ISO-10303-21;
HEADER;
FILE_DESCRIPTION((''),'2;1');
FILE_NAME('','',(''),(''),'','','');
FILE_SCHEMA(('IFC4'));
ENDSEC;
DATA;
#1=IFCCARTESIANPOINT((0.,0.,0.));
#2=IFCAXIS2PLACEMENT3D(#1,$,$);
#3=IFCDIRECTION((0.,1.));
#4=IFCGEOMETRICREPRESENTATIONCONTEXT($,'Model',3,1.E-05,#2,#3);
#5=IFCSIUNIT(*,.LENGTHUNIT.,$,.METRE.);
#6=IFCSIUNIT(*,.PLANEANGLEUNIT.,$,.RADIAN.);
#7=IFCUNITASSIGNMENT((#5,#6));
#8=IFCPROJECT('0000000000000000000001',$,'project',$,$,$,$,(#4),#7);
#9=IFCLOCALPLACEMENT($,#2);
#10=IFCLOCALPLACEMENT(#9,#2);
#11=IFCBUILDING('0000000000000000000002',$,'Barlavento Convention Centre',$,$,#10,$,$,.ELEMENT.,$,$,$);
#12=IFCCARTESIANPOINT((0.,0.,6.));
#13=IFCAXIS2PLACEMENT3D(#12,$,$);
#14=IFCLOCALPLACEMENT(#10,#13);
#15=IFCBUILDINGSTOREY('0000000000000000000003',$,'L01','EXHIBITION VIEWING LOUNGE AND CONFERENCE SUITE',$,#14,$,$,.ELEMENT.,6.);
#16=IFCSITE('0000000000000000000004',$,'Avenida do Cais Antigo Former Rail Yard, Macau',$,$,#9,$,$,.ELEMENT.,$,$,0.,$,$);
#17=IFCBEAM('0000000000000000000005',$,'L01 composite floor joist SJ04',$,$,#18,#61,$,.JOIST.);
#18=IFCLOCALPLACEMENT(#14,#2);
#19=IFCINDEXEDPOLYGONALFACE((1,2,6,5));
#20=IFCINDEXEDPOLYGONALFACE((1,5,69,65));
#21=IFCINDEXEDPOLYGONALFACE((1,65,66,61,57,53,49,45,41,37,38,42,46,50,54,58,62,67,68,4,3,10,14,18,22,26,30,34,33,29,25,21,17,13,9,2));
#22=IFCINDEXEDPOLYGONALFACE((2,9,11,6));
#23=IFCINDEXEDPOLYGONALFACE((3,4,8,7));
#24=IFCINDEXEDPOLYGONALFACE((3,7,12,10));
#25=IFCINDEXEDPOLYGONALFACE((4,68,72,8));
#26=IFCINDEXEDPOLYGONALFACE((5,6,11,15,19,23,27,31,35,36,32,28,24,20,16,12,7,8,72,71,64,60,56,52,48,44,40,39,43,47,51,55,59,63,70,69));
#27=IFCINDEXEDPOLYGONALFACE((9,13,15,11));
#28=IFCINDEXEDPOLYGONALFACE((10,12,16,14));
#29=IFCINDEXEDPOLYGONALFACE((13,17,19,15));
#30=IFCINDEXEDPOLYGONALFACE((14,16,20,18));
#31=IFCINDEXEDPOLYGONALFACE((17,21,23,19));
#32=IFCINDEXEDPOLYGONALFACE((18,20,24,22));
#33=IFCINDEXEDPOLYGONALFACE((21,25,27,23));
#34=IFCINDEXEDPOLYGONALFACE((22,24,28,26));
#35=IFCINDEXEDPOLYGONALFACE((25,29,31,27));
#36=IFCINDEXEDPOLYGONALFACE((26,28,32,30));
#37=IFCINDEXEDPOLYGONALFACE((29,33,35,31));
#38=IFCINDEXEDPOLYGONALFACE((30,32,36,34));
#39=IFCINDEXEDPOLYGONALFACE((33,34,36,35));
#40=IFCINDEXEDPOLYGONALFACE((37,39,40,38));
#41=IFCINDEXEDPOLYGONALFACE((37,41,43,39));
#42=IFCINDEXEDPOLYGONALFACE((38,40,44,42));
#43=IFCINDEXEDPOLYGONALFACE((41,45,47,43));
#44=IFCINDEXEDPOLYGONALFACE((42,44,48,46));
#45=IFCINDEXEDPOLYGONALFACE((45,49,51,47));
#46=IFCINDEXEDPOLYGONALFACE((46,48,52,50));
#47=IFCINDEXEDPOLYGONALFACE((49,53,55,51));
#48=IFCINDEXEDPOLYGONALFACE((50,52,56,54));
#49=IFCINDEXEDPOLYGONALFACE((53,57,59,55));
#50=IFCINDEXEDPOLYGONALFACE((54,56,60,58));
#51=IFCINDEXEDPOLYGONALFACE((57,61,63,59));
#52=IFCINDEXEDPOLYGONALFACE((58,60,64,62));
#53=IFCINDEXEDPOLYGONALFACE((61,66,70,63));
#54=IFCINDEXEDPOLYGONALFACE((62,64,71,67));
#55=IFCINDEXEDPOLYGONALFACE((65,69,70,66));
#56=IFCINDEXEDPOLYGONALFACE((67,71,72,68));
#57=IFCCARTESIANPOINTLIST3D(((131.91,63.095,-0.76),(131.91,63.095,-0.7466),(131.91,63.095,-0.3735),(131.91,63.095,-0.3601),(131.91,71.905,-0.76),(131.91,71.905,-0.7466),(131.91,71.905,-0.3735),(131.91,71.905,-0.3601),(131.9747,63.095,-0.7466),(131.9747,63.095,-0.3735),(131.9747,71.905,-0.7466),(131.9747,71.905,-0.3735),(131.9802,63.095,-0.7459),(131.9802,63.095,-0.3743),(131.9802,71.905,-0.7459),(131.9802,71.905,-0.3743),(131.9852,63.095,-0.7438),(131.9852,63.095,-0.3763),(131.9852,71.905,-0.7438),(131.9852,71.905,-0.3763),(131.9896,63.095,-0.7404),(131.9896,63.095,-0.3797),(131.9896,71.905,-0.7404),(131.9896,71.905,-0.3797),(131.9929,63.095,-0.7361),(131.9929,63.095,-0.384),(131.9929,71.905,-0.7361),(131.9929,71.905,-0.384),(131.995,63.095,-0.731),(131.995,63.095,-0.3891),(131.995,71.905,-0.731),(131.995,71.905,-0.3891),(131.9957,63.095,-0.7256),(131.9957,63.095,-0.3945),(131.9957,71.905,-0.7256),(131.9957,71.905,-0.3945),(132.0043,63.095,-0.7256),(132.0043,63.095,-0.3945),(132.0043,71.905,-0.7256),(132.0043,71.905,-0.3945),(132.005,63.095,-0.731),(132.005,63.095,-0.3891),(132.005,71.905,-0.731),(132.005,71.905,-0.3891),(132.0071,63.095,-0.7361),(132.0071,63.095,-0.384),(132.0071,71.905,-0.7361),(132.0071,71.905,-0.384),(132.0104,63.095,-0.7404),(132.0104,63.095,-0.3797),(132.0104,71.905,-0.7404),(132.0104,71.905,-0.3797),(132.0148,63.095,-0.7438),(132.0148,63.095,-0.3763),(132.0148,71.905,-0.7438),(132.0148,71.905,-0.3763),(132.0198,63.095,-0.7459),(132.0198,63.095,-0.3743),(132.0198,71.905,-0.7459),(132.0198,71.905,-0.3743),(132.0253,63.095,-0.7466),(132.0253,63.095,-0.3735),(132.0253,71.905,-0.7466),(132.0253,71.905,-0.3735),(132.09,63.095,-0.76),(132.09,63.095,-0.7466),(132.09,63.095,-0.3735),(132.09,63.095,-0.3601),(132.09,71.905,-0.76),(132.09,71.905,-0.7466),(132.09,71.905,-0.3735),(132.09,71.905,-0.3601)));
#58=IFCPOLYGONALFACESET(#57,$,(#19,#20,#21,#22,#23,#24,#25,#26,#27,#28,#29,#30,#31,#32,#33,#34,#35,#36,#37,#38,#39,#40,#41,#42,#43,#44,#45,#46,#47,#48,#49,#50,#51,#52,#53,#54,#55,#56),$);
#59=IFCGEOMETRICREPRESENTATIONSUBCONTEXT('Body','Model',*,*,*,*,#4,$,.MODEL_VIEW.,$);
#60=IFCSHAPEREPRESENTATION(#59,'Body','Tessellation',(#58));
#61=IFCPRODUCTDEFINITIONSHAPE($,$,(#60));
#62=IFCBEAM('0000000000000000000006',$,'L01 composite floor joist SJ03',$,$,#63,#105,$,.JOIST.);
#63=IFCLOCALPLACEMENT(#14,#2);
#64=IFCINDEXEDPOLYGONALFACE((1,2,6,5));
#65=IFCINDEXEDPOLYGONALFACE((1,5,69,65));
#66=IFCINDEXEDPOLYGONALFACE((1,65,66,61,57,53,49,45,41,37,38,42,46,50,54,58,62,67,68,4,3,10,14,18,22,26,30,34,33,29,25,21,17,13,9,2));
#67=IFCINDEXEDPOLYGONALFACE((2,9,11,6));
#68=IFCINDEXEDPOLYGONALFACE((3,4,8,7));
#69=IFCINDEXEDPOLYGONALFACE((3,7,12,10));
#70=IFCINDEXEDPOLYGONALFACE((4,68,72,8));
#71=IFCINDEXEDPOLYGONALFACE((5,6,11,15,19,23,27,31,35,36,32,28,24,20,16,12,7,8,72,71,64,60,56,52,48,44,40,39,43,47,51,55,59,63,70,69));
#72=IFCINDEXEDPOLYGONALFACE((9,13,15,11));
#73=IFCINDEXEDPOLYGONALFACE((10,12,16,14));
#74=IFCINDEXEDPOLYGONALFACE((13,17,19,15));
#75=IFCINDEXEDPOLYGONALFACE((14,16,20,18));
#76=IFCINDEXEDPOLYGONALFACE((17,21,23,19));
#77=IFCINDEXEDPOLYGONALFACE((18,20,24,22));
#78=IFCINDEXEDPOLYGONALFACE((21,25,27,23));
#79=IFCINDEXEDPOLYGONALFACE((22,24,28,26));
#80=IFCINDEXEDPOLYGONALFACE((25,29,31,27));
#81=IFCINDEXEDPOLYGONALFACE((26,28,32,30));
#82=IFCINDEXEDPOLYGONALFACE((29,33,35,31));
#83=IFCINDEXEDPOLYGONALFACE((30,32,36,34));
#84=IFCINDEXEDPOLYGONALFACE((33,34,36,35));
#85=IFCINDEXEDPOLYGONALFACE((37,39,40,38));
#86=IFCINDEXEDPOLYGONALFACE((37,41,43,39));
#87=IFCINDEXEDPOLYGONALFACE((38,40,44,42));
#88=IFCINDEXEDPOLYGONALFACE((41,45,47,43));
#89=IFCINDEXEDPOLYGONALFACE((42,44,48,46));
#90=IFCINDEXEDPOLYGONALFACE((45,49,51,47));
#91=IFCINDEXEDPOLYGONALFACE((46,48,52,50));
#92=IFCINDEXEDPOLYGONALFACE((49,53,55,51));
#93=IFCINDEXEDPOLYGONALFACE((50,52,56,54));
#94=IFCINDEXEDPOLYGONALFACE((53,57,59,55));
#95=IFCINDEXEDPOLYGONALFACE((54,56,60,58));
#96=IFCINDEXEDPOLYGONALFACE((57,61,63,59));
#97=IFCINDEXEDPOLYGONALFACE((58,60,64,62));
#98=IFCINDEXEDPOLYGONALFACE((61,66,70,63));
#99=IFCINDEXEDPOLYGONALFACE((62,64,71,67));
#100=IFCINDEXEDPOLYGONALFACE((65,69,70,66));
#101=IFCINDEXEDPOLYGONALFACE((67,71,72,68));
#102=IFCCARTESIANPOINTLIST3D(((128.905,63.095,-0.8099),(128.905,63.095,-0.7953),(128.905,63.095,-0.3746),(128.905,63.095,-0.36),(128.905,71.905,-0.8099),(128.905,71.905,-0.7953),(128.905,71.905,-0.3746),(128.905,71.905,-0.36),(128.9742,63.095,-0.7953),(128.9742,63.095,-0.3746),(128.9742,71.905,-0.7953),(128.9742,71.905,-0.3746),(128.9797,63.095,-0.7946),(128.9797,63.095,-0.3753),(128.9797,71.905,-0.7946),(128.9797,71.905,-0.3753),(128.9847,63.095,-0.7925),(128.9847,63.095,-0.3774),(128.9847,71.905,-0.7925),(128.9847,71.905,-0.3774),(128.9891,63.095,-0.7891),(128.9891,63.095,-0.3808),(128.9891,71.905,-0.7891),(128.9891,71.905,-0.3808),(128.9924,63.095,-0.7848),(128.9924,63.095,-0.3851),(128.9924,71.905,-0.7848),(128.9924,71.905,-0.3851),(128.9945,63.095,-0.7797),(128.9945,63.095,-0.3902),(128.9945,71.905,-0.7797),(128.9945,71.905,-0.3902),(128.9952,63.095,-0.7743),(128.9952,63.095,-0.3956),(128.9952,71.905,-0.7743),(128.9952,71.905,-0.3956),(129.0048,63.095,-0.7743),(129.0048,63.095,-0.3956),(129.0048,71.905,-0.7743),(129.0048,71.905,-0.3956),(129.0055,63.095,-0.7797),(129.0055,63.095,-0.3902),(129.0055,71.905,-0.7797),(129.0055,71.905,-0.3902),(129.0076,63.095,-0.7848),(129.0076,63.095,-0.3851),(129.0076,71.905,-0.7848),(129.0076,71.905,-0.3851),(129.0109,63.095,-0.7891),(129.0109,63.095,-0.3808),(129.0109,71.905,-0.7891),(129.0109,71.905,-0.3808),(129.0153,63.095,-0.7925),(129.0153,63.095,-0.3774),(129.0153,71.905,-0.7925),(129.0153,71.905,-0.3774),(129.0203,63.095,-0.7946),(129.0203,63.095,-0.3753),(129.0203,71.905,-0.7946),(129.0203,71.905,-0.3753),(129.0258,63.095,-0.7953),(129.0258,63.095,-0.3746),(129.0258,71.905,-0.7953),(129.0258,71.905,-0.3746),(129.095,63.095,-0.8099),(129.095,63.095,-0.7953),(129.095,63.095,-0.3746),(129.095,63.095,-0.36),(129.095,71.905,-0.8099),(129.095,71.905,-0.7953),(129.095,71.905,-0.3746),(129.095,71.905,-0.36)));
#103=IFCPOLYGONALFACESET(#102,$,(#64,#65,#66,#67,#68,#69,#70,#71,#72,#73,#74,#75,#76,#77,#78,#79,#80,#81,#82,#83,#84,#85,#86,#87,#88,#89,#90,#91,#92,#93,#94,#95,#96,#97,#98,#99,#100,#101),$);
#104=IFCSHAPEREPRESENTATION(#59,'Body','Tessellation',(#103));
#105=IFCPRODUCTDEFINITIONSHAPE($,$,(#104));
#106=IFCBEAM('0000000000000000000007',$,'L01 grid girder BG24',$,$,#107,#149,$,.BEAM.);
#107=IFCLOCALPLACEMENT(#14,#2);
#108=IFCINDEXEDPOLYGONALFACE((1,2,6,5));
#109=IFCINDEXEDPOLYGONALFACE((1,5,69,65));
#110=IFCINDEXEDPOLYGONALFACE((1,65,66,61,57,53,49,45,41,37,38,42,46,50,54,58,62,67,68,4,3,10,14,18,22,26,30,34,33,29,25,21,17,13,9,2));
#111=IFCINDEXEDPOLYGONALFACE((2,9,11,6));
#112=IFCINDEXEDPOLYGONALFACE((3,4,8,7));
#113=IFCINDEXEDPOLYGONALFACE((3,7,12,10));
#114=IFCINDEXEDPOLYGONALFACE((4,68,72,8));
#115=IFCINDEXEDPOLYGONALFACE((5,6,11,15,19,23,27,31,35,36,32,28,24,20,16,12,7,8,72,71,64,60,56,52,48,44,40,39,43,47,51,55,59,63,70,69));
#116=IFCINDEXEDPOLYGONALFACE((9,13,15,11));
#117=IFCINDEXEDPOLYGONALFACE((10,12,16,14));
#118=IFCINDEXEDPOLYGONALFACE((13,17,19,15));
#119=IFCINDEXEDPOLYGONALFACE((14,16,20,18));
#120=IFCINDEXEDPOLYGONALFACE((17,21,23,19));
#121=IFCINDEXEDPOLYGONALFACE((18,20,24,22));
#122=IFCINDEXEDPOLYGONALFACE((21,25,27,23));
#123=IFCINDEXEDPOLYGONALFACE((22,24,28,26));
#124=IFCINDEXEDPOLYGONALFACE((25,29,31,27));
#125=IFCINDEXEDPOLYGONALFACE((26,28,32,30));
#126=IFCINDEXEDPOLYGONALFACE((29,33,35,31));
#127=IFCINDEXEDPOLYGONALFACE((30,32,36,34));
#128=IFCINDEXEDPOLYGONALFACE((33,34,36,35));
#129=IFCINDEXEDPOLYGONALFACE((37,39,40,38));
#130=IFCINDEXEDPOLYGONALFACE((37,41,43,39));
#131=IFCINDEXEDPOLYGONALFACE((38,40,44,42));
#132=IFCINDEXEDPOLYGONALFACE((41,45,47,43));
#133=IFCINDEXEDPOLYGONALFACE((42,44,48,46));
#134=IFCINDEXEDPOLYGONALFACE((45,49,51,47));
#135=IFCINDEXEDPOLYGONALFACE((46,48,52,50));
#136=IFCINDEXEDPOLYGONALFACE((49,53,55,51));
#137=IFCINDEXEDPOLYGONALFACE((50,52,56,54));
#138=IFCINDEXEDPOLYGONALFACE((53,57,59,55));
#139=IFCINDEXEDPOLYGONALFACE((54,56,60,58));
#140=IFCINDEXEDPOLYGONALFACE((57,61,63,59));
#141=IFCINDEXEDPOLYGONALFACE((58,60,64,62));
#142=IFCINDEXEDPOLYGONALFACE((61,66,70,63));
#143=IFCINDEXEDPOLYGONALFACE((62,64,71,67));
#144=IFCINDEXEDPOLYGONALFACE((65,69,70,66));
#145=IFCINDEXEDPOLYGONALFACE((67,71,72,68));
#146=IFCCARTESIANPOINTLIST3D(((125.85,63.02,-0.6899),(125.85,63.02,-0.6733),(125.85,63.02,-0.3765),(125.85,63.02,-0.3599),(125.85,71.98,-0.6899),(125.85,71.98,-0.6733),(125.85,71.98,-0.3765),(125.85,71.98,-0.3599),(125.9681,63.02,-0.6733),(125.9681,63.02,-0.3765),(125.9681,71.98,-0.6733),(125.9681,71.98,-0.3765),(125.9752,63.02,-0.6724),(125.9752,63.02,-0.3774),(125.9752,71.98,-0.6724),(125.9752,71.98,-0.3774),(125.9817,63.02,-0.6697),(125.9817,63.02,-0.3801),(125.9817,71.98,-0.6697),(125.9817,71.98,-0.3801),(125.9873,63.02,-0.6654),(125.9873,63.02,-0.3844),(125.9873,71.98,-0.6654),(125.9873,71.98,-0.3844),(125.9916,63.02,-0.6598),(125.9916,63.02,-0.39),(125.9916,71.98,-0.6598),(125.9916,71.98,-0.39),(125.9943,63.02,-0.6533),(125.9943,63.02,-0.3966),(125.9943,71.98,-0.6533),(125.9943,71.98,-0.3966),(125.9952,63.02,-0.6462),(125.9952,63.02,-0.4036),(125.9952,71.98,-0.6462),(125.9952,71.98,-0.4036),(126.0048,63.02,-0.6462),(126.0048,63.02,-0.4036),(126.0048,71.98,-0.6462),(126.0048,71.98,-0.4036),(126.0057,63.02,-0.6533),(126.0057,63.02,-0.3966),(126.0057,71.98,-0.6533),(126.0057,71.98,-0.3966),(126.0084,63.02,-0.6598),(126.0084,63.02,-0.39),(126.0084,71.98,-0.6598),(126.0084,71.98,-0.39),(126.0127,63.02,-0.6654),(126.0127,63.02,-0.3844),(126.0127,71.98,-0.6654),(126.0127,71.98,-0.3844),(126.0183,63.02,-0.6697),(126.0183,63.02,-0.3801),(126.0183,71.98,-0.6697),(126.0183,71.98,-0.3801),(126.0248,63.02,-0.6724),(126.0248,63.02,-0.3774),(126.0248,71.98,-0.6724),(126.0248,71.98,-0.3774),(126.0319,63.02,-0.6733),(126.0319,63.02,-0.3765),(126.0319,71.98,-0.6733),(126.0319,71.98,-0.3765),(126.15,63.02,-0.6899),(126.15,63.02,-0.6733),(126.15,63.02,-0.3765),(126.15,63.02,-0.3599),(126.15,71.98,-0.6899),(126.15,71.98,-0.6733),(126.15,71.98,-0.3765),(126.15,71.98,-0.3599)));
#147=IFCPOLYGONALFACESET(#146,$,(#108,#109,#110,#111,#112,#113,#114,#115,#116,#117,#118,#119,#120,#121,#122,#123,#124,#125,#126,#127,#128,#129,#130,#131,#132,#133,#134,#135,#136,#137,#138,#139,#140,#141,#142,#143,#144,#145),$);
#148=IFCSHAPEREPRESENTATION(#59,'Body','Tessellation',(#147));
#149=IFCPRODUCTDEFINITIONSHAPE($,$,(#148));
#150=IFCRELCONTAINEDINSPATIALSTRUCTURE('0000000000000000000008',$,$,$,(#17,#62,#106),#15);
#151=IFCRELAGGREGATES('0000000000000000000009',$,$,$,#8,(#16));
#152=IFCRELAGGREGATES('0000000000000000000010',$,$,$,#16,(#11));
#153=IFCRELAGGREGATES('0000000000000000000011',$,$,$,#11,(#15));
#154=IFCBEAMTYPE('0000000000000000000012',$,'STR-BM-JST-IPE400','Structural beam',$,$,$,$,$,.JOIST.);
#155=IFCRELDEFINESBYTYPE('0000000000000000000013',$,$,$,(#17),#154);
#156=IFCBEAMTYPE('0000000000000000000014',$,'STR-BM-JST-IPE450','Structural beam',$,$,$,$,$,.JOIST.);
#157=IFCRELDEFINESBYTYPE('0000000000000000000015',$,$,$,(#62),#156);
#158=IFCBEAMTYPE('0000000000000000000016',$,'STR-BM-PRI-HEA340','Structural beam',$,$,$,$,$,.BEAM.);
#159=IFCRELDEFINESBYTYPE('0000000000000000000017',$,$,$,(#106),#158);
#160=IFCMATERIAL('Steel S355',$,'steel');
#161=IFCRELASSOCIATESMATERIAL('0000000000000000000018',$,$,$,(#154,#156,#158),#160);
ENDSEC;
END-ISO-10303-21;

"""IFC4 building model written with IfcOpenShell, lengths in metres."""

from ifc_helpers import new_model, si_unit, direction, frame, origin, origin_2d, place, context, subcontext, project, spatial, i_section, extrude, material, material_profile, profile_set, type_object, element, save


model = new_model("IFC4")

# Units and contexts
model_context = context("Model", 3, precision=1e-05, world=origin(), true_north=direction((0.0, 1.0)))
body_context = subcontext(model_context, "Body", "Model", "MODEL_VIEW")
ifc_project = project(units=[si_unit("LENGTHUNIT", "METRE"), si_unit("PLANEANGLEUNIT", "RADIAN")], contexts=[model_context])

# Site, building, storey
site_placement = place(None, origin())
site = spatial("IfcSite", under=ifc_project, at=site_placement, Name="Avenida do Cais Antigo Former Rail Yard, Macau", CompositionType="ELEMENT", RefElevation=0.0)
building_placement = place(site_placement, origin())
building = spatial("IfcBuilding", under=site, at=building_placement, Name="Barlavento Convention Centre", CompositionType="ELEMENT")
storey_placement = place(building_placement, frame((0.0, 0.0, 6.0)))
storey = spatial("IfcBuildingStorey", under=building, at=storey_placement, Name="L01", Description="EXHIBITION VIEWING LOUNGE AND CONFERENCE SUITE", CompositionType="ELEMENT", Elevation=6.0)

# Beams
ifc_material_1 = material(Name="Steel S355", Category="steel")
ifc_material_profile_1 = material_profile(ifc_material_1, i_section(OverallWidth=0.1799, OverallDepth=0.3999, WebThickness=0.0085, FlangeThickness=0.0134, FilletRadius=0.021, at=origin_2d()), Name="IPE 400")
ifc_profile_set_1 = profile_set([ifc_material_profile_1], Name="Steel S355")
beam_type_1 = type_object("IfcBeamType", Name="STR-BM-JST-IPE400", Description="Structural beam", PredefinedType="JOIST", material=ifc_profile_set_1)
beam_1_placement = place(storey_placement, frame((132.0, 63.095, -0.5601), z_axis=(0.0, 1.0, 0.0), x_axis=(-1.0, 0.0, 0.0)))
element("IfcBeam", 1, at=beam_1_placement, inside=storey, type_object=beam_type_1, Name="L01 composite floor joist SJ04", PredefinedType="JOIST", context=body_context, shape_type="SweptSolid", body=[
    extrude(i_section(OverallWidth=0.1799, OverallDepth=0.3999, WebThickness=0.0085, FlangeThickness=0.0134, FilletRadius=0.021, at=origin_2d()), origin(), (0.0, 0.0, 1.0), 8.8101),
])
ifc_material_profile_2 = material_profile(ifc_material_1, i_section(OverallWidth=0.1899, OverallDepth=0.45, WebThickness=0.0095, FlangeThickness=0.0146, FilletRadius=0.021, at=origin_2d()), Name="IPE 450")
ifc_profile_set_2 = profile_set([ifc_material_profile_2], Name="Steel S355")
beam_type_2 = type_object("IfcBeamType", Name="STR-BM-JST-IPE450", Description="Structural beam", PredefinedType="JOIST", material=ifc_profile_set_2)
beam_2_placement = place(storey_placement, frame((129.0, 63.095, -0.585), z_axis=(0.0, 1.0, 0.0), x_axis=(-1.0, 0.0, 0.0)))
element("IfcBeam", 2, at=beam_2_placement, inside=storey, type_object=beam_type_2, Name="L01 composite floor joist SJ03", PredefinedType="JOIST", context=body_context, shape_type="SweptSolid", body=[
    extrude(i_section(OverallWidth=0.1899, OverallDepth=0.45, WebThickness=0.0095, FlangeThickness=0.0146, FilletRadius=0.021, at=origin_2d()), origin(), (0.0, 0.0, 1.0), 8.8101),
])
ifc_material_profile_3 = material_profile(ifc_material_1, i_section(OverallWidth=0.3, OverallDepth=0.3301, WebThickness=0.0095, FlangeThickness=0.0166, FilletRadius=0.0271, at=origin_2d()), Name="HEA 340")
ifc_profile_set_3 = profile_set([ifc_material_profile_3], Name="Steel S355")
beam_type_3 = type_object("IfcBeamType", Name="STR-BM-PRI-HEA340", Description="Structural beam", PredefinedType="BEAM", material=ifc_profile_set_3)
beam_3_placement = place(storey_placement, frame((126.0, 63.02, -0.5249), z_axis=(0.0, 1.0, 0.0), x_axis=(-1.0, 0.0, 0.0)))
element("IfcBeam", 3, at=beam_3_placement, inside=storey, type_object=beam_type_3, Name="L01 grid girder BG24", PredefinedType="BEAM", context=body_context, shape_type="SweptSolid", body=[
    extrude(i_section(OverallWidth=0.3, OverallDepth=0.3301, WebThickness=0.0095, FlangeThickness=0.0166, FilletRadius=0.0271, at=origin_2d()), origin(), (0.0, 0.0, 1.0), 8.96),
])

save(model, "model.ifc")
